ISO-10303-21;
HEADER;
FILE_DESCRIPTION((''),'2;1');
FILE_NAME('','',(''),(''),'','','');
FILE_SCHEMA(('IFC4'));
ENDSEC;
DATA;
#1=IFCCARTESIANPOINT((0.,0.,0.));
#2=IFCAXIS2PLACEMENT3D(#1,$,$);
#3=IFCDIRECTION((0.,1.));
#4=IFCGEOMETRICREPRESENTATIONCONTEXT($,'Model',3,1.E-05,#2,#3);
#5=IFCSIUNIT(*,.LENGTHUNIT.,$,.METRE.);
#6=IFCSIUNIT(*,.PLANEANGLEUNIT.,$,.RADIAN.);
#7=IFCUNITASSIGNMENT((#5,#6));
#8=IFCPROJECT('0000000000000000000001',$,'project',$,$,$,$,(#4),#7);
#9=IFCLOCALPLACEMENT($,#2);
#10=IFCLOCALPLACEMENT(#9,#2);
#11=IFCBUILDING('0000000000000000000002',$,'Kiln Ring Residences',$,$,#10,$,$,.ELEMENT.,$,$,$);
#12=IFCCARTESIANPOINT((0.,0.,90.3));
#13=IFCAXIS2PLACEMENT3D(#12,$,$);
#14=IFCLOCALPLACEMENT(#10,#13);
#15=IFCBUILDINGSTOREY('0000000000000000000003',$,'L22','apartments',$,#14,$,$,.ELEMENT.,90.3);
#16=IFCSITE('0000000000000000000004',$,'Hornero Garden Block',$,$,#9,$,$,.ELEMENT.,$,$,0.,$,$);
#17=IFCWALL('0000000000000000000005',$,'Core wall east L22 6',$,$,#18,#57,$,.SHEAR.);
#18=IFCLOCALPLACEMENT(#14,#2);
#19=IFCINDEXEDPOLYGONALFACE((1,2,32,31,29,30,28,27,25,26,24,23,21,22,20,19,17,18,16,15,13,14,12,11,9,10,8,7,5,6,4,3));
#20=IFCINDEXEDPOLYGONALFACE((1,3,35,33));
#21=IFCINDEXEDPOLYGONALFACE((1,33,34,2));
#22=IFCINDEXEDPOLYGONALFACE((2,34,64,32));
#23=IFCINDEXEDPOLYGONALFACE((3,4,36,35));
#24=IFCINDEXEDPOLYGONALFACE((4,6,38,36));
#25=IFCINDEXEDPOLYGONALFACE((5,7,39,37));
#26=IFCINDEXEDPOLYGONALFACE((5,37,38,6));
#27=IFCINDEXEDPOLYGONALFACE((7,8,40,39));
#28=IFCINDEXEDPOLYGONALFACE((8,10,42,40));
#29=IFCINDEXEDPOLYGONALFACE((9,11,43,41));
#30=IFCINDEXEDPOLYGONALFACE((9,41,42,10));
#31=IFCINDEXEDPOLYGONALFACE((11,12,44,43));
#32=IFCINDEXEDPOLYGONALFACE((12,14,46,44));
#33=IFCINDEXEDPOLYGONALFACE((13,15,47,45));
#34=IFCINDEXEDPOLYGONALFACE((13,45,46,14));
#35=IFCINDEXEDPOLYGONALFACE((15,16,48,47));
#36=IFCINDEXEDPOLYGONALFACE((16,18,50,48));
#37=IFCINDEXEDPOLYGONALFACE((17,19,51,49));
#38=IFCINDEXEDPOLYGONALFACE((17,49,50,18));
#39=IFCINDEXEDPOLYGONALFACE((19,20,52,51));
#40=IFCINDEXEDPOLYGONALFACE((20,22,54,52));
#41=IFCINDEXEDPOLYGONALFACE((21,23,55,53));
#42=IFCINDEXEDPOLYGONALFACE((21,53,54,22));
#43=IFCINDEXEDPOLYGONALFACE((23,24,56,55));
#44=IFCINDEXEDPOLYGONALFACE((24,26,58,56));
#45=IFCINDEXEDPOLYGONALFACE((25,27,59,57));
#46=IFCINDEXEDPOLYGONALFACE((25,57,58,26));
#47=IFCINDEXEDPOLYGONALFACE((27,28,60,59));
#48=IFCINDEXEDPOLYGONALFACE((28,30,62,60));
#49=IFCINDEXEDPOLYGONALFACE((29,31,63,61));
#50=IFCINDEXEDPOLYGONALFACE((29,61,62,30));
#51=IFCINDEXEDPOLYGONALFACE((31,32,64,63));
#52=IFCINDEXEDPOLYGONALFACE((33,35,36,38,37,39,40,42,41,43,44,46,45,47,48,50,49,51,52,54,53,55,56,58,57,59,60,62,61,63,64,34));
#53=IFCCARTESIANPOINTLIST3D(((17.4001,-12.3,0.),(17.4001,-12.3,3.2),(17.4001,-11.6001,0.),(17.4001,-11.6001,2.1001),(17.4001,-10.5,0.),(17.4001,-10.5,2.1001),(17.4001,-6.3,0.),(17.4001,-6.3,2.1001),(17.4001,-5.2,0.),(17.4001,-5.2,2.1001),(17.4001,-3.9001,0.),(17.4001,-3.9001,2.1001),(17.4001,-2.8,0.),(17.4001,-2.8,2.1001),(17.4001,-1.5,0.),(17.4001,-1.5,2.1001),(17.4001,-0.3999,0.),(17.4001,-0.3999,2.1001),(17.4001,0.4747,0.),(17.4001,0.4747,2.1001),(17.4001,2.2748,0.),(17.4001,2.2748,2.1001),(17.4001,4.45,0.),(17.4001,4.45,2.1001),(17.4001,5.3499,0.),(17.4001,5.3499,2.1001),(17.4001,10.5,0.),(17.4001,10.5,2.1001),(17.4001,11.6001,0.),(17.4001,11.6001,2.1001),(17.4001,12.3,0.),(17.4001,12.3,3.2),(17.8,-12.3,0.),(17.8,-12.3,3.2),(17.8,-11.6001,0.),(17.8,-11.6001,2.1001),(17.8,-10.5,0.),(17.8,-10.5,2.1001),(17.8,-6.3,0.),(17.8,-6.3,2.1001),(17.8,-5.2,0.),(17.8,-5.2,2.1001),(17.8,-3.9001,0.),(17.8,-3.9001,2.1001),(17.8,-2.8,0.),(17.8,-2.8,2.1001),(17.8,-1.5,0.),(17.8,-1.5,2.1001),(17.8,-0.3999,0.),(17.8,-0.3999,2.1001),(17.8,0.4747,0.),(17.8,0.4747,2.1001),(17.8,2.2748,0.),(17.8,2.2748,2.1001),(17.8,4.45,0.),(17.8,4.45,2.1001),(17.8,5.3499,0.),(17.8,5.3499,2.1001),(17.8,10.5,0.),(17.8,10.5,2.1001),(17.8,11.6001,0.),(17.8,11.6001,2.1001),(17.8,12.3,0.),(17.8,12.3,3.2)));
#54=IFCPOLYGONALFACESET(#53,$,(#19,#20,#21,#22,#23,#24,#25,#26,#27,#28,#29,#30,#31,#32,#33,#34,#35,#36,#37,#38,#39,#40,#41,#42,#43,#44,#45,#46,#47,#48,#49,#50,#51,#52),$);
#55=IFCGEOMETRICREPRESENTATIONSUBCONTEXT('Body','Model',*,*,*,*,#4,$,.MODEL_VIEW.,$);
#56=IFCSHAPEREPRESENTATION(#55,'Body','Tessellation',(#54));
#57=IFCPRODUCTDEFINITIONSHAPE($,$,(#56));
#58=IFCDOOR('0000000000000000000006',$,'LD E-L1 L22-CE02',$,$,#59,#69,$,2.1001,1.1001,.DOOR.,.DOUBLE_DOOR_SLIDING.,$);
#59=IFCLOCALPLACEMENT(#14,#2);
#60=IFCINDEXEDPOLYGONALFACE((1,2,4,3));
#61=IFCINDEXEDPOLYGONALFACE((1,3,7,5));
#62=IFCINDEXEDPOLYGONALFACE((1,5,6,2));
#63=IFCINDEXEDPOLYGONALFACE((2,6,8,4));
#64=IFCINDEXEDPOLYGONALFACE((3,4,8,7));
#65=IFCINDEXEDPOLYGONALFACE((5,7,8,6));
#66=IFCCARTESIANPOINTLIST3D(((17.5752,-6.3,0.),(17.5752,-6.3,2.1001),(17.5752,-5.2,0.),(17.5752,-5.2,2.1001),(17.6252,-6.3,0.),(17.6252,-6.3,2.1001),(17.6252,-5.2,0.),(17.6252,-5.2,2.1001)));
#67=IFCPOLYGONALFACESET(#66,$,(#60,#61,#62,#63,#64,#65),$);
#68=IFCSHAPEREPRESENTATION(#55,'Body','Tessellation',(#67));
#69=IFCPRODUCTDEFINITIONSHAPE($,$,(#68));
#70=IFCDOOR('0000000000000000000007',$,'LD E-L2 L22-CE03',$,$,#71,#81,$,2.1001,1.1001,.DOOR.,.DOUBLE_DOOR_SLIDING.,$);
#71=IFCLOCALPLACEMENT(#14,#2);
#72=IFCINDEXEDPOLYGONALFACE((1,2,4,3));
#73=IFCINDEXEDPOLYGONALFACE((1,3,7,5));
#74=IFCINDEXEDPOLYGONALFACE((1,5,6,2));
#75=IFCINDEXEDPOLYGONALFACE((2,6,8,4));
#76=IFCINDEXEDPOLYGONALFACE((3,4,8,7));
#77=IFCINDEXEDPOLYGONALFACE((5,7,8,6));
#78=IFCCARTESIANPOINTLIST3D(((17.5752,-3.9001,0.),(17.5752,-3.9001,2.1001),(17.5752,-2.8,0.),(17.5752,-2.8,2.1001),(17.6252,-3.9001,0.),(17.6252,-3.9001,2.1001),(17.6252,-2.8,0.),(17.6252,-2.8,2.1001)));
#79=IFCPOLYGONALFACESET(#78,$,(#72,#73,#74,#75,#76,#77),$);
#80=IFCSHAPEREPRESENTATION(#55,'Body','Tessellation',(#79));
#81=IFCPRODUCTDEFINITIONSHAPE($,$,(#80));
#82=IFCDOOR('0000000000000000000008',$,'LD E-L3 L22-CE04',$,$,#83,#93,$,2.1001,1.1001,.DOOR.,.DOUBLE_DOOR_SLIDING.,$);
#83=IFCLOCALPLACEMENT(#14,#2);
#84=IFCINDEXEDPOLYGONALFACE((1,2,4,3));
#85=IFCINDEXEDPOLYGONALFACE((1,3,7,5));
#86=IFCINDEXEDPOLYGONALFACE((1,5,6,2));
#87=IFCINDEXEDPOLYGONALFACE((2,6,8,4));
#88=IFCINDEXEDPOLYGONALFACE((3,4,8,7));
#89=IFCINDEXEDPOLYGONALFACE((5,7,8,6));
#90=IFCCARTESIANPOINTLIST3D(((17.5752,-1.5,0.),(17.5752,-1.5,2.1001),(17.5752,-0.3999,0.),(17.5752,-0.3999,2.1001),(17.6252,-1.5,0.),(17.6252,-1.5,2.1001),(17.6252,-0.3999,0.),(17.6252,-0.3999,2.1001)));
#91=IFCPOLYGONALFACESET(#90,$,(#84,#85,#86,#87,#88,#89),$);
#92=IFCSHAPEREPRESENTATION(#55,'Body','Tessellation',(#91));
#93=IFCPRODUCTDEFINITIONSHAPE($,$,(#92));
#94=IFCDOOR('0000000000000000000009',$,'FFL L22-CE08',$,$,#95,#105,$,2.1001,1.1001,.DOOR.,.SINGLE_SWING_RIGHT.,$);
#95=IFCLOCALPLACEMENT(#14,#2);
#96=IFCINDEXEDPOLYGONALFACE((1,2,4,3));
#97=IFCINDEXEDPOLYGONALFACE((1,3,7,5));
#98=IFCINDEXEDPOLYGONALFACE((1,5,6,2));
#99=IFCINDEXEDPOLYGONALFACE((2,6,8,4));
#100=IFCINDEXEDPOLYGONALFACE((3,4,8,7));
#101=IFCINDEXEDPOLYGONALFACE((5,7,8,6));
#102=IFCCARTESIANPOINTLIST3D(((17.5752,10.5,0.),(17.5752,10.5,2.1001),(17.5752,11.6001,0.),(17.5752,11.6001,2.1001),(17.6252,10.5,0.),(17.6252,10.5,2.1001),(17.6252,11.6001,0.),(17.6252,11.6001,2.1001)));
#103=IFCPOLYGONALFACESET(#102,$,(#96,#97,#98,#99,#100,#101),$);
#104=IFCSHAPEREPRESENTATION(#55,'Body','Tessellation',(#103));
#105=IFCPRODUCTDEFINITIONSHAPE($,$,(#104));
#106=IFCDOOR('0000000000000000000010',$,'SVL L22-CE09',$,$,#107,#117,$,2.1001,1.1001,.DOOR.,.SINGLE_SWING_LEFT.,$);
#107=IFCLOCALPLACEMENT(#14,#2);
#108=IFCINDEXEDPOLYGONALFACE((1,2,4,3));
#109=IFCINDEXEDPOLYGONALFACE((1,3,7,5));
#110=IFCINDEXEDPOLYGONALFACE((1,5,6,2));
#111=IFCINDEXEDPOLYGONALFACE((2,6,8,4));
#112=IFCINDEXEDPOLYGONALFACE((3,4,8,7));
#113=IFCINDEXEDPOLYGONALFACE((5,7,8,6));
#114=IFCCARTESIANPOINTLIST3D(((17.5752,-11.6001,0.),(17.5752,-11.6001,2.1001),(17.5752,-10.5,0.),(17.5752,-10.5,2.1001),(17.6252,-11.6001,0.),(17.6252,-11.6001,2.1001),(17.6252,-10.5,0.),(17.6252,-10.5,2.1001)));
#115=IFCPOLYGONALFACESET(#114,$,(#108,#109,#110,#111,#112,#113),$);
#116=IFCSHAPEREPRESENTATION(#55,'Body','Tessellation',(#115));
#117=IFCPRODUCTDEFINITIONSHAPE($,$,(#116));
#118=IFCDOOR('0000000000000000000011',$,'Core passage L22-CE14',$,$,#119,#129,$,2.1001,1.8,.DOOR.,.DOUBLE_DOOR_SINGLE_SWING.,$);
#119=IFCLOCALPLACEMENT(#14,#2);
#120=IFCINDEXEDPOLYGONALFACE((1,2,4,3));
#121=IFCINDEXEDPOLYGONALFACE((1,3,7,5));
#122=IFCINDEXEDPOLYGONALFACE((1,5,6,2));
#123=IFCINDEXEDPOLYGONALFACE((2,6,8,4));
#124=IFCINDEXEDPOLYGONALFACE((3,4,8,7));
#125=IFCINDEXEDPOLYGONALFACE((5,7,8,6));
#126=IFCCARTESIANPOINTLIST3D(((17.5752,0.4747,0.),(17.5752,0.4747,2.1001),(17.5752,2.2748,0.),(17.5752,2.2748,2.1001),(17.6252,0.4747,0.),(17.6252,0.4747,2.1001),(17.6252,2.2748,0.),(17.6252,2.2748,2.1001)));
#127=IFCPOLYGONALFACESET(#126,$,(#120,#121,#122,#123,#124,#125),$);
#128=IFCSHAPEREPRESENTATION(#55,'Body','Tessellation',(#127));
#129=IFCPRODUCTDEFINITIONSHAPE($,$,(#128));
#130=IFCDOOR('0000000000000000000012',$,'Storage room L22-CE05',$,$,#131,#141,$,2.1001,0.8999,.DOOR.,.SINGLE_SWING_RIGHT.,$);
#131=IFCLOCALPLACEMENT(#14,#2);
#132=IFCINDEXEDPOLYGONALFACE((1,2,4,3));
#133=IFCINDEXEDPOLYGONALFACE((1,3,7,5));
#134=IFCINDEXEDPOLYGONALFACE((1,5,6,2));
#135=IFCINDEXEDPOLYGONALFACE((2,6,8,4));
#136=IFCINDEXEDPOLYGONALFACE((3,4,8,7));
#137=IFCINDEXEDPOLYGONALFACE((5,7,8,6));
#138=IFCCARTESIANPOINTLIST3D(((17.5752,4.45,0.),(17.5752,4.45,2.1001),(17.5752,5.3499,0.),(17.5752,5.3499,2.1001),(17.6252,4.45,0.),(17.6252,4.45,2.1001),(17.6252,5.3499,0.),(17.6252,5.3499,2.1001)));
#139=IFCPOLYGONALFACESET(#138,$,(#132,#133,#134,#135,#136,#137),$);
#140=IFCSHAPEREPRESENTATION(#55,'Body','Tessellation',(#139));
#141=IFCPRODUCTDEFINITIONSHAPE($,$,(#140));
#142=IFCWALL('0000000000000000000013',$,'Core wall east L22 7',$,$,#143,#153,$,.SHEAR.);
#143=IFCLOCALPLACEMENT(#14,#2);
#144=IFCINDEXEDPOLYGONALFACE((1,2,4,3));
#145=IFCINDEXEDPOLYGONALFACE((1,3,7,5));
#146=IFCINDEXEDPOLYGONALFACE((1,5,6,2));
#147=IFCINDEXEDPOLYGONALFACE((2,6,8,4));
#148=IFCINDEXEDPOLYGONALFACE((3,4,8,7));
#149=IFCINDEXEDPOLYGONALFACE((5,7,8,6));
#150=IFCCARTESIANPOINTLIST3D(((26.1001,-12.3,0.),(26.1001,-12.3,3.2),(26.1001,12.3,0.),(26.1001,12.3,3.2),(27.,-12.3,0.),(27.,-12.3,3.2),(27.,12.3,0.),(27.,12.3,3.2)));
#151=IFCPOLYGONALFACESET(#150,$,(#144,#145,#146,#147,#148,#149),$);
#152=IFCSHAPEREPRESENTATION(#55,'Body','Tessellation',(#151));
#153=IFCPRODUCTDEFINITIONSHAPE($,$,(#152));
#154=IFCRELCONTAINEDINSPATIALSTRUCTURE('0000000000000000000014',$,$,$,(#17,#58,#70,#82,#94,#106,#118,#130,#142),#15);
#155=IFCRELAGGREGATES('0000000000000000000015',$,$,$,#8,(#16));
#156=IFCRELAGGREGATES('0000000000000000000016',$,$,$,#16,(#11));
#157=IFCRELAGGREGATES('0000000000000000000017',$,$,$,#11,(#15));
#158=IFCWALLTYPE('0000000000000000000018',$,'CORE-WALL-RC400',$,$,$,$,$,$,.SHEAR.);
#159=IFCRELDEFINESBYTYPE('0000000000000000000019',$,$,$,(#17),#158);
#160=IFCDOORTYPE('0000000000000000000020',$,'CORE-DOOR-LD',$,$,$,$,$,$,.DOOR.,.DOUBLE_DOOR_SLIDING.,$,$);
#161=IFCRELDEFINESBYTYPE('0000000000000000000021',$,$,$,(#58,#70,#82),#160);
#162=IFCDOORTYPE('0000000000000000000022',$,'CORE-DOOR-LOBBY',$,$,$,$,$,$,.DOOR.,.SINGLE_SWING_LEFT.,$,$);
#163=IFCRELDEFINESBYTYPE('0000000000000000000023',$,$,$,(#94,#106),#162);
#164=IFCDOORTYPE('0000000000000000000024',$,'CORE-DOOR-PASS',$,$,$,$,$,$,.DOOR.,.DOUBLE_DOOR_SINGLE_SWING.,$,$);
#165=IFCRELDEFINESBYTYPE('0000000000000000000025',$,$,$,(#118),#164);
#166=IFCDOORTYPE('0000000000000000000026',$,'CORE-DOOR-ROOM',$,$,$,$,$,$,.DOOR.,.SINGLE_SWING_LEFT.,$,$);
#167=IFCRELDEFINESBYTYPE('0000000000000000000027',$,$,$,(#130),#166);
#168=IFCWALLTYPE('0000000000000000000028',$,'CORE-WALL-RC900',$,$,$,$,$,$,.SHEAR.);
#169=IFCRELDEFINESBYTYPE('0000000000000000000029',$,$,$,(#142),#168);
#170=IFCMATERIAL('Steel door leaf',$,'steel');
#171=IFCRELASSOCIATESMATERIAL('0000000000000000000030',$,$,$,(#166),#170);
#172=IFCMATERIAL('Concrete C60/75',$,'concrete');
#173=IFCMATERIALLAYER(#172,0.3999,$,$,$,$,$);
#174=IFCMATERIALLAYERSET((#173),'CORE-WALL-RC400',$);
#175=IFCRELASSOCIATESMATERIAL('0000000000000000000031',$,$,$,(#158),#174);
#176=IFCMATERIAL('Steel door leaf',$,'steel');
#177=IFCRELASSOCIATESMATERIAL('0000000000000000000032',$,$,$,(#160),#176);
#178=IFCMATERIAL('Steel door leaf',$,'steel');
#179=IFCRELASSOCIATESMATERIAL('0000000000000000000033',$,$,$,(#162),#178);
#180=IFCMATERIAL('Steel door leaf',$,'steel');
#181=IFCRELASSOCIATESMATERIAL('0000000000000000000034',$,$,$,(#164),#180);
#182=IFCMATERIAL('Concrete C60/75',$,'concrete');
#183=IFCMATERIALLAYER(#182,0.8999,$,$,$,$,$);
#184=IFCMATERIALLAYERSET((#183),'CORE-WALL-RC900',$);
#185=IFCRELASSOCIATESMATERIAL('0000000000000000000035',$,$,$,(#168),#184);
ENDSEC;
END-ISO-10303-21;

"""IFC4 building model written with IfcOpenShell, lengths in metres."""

from ifc_helpers import new_model, si_unit, direction, frame, frame_2d, origin, place, context, subcontext, project, spatial, rectangle, extrude, material, layer, layer_set, type_object, element, fill, save


model = new_model("IFC4")

# Units and contexts
model_context = context("Model", 3, precision=1e-05, world=origin(), true_north=direction((0.0, 1.0)))
body_context = subcontext(model_context, "Body", "Model", "MODEL_VIEW")
ifc_project = project(units=[si_unit("LENGTHUNIT", "METRE"), si_unit("PLANEANGLEUNIT", "RADIAN")], contexts=[model_context])

# Site, building, storey
site_placement = place(None, origin())
site = spatial("IfcSite", under=ifc_project, at=site_placement, Name="Hornero Garden Block", CompositionType="ELEMENT", RefElevation=0.0)
building_placement = place(site_placement, origin())
building = spatial("IfcBuilding", under=site, at=building_placement, Name="Kiln Ring Residences", CompositionType="ELEMENT")
storey_placement = place(building_placement, frame((0.0, 0.0, 90.3)))
storey = spatial("IfcBuildingStorey", under=building, at=storey_placement, Name="L22", Description="apartments", CompositionType="ELEMENT", Elevation=90.3)

# Shared definitions
ifc_material_1 = material(Name="Steel door leaf", Category="steel")
door_type_1 = type_object("IfcDoorType", Name="CORE-DOOR-ROOM", OperationType="SINGLE_SWING_LEFT", PredefinedType="DOOR", material=ifc_material_1)

# Wall, openings, doors
ifc_material_2 = material(Name="Concrete C60/75", Category="concrete")
ifc_layer_1 = layer(ifc_material_2, 0.3999)
ifc_layer_set_1 = layer_set([ifc_layer_1], Name="CORE-WALL-RC400")
wall_type_1 = type_object("IfcWallType", Name="CORE-WALL-RC400", PredefinedType="SHEAR", material=ifc_layer_set_1)
wall_1_placement = place(storey_placement, frame((17.6001, -12.3, 0.0), z_axis=(0.0, 0.0, 1.0), x_axis=(0.0, 1.0, 0.0)))
wall_1 = element("IfcWall", 1, at=wall_1_placement, inside=storey, type_object=wall_type_1, Name="Core wall east L22 6", PredefinedType="SHEAR", context=body_context, shape_type="SweptSolid", body=[
    extrude(rectangle(XDim=24.6001, YDim=0.3999, at=frame_2d((12.3, 0.0))), origin(), (0.0, 0.0, 1.0), 3.2),
])
opening_1_placement = place(wall_1_placement, frame((6.0, 0.0, 0.0)))
opening_1 = element("IfcOpeningElement", 2, at=opening_1_placement, cuts=wall_1, PredefinedType="OPENING", context=body_context, shape_type="SweptSolid", body=[
    extrude(rectangle(XDim=1.1001, YDim=2.1001, at=frame_2d((0.55, 1.05))), frame((0.0, 0.21, 0.0), z_axis=(0.0, -1.0, 0.0), x_axis=(1.0, 0.0, 0.0)), (0.0, 0.0, 1.0), 0.4199),
])
opening_2_placement = place(wall_1_placement, frame((8.3999, 0.0, 0.0)))
opening_2 = element("IfcOpeningElement", 3, at=opening_2_placement, cuts=wall_1, PredefinedType="OPENING", context=body_context, shape_type="SweptSolid", body=[
    extrude(rectangle(XDim=1.1001, YDim=2.1001, at=frame_2d((0.55, 1.05))), frame((0.0, 0.21, 0.0), z_axis=(0.0, -1.0, 0.0), x_axis=(1.0, 0.0, 0.0)), (0.0, 0.0, 1.0), 0.4199),
])
opening_3_placement = place(wall_1_placement, frame((10.8, 0.0, 0.0)))
opening_3 = element("IfcOpeningElement", 4, at=opening_3_placement, cuts=wall_1, PredefinedType="OPENING", context=body_context, shape_type="SweptSolid", body=[
    extrude(rectangle(XDim=1.1001, YDim=2.1001, at=frame_2d((0.55, 1.05))), frame((0.0, 0.21, 0.0), z_axis=(0.0, -1.0, 0.0), x_axis=(1.0, 0.0, 0.0)), (0.0, 0.0, 1.0), 0.4199),
])
opening_4_placement = place(wall_1_placement, frame((16.75, 0.0, 0.0)))
opening_4 = element("IfcOpeningElement", 5, at=opening_4_placement, cuts=wall_1, PredefinedType="OPENING", context=body_context, shape_type="SweptSolid", body=[
    extrude(rectangle(XDim=0.8999, YDim=2.1001, at=frame_2d((0.45, 1.05))), frame((0.0, 0.21, 0.0), z_axis=(0.0, -1.0, 0.0), x_axis=(1.0, 0.0, 0.0)), (0.0, 0.0, 1.0), 0.4199),
])
opening_5_placement = place(wall_1_placement, frame((22.8, 0.0, 0.0)))
opening_5 = element("IfcOpeningElement", 6, at=opening_5_placement, cuts=wall_1, PredefinedType="OPENING", context=body_context, shape_type="SweptSolid", body=[
    extrude(rectangle(XDim=1.1001, YDim=2.1001, at=frame_2d((0.55, 1.05))), frame((0.0, 0.21, 0.0), z_axis=(0.0, -1.0, 0.0), x_axis=(1.0, 0.0, 0.0)), (0.0, 0.0, 1.0), 0.4199),
])
opening_6_placement = place(wall_1_placement, frame((0.7, 0.0, 0.0)))
opening_6 = element("IfcOpeningElement", 7, at=opening_6_placement, cuts=wall_1, PredefinedType="OPENING", context=body_context, shape_type="SweptSolid", body=[
    extrude(rectangle(XDim=1.1001, YDim=2.1001, at=frame_2d((0.55, 1.05))), frame((0.0, 0.21, 0.0), z_axis=(0.0, -1.0, 0.0), x_axis=(1.0, 0.0, 0.0)), (0.0, 0.0, 1.0), 0.4199),
])
opening_7_placement = place(wall_1_placement, frame((12.7749, 0.0, 0.0)))
opening_7 = element("IfcOpeningElement", 8, at=opening_7_placement, cuts=wall_1, PredefinedType="OPENING", context=body_context, shape_type="SweptSolid", body=[
    extrude(rectangle(XDim=1.8, YDim=2.1001, at=frame_2d((0.8999, 1.05))), frame((0.0, 0.21, 0.0), z_axis=(0.0, -1.0, 0.0), x_axis=(1.0, 0.0, 0.0)), (0.0, 0.0, 1.0), 0.4199),
])
ifc_material_3 = material(Name="Steel door leaf", Category="steel")
door_type_2 = type_object("IfcDoorType", Name="CORE-DOOR-LD", OperationType="DOUBLE_DOOR_SLIDING", PredefinedType="DOOR", material=ifc_material_3)
door_1_placement = place(opening_1_placement, origin())
door_1 = element("IfcDoor", 9, at=door_1_placement, inside=storey, type_object=door_type_2, Name="LD E-L1 L22-CE02", OperationType="DOUBLE_DOOR_SLIDING", OverallHeight=2.1001, OverallWidth=1.1001, PredefinedType="DOOR", context=body_context, shape_type="SweptSolid", body=[
    extrude(rectangle(XDim=1.1001, YDim=2.1001, at=frame_2d((0.55, 1.05))), frame((0.0, 0.0249, 0.0), z_axis=(0.0, -1.0, 0.0), x_axis=(1.0, 0.0, 0.0)), (0.0, 0.0, 1.0), 0.05),
])
fill(opening_1, door_1)
door_2_placement = place(opening_2_placement, origin())
door_2 = element("IfcDoor", 10, at=door_2_placement, inside=storey, type_object=door_type_2, Name="LD E-L2 L22-CE03", OperationType="DOUBLE_DOOR_SLIDING", OverallHeight=2.1001, OverallWidth=1.1001, PredefinedType="DOOR", context=body_context, shape_type="SweptSolid", body=[
    extrude(rectangle(XDim=1.1001, YDim=2.1001, at=frame_2d((0.55, 1.05))), frame((0.0, 0.0249, 0.0), z_axis=(0.0, -1.0, 0.0), x_axis=(1.0, 0.0, 0.0)), (0.0, 0.0, 1.0), 0.05),
])
fill(opening_2, door_2)
door_3_placement = place(opening_3_placement, origin())
door_3 = element("IfcDoor", 11, at=door_3_placement, inside=storey, type_object=door_type_2, Name="LD E-L3 L22-CE04", OperationType="DOUBLE_DOOR_SLIDING", OverallHeight=2.1001, OverallWidth=1.1001, PredefinedType="DOOR", context=body_context, shape_type="SweptSolid", body=[
    extrude(rectangle(XDim=1.1001, YDim=2.1001, at=frame_2d((0.55, 1.05))), frame((0.0, 0.0249, 0.0), z_axis=(0.0, -1.0, 0.0), x_axis=(1.0, 0.0, 0.0)), (0.0, 0.0, 1.0), 0.05),
])
fill(opening_3, door_3)
ifc_material_4 = material(Name="Steel door leaf", Category="steel")
door_type_3 = type_object("IfcDoorType", Name="CORE-DOOR-LOBBY", OperationType="SINGLE_SWING_LEFT", PredefinedType="DOOR", material=ifc_material_4)
door_4_placement = place(opening_5_placement, origin())
door_4 = element("IfcDoor", 12, at=door_4_placement, inside=storey, type_object=door_type_3, Name="FFL L22-CE08", OperationType="SINGLE_SWING_RIGHT", OverallHeight=2.1001, OverallWidth=1.1001, PredefinedType="DOOR", context=body_context, shape_type="SweptSolid", body=[
    extrude(rectangle(XDim=1.1001, YDim=2.1001, at=frame_2d((0.55, 1.05))), frame((0.0, 0.0249, 0.0), z_axis=(0.0, -1.0, 0.0), x_axis=(1.0, 0.0, 0.0)), (0.0, 0.0, 1.0), 0.05),
])
fill(opening_5, door_4)
door_5_placement = place(opening_6_placement, origin())
door_5 = element("IfcDoor", 13, at=door_5_placement, inside=storey, type_object=door_type_3, Name="SVL L22-CE09", OperationType="SINGLE_SWING_LEFT", OverallHeight=2.1001, OverallWidth=1.1001, PredefinedType="DOOR", context=body_context, shape_type="SweptSolid", body=[
    extrude(rectangle(XDim=1.1001, YDim=2.1001, at=frame_2d((0.55, 1.05))), frame((0.0, 0.0249, 0.0), z_axis=(0.0, -1.0, 0.0), x_axis=(1.0, 0.0, 0.0)), (0.0, 0.0, 1.0), 0.05),
])
fill(opening_6, door_5)
ifc_material_5 = material(Name="Steel door leaf", Category="steel")
door_type_4 = type_object("IfcDoorType", Name="CORE-DOOR-PASS", OperationType="DOUBLE_DOOR_SINGLE_SWING", PredefinedType="DOOR", material=ifc_material_5)
door_6_placement = place(opening_7_placement, origin())
door_6 = element("IfcDoor", 14, at=door_6_placement, inside=storey, type_object=door_type_4, Name="Core passage L22-CE14", OperationType="DOUBLE_DOOR_SINGLE_SWING", OverallHeight=2.1001, OverallWidth=1.8, PredefinedType="DOOR", context=body_context, shape_type="SweptSolid", body=[
    extrude(rectangle(XDim=1.8, YDim=2.1001, at=frame_2d((0.8999, 1.05))), frame((0.0, 0.0249, 0.0), z_axis=(0.0, -1.0, 0.0), x_axis=(1.0, 0.0, 0.0)), (0.0, 0.0, 1.0), 0.05),
])
fill(opening_7, door_6)
door_7_placement = place(opening_4_placement, origin())
door_7 = element("IfcDoor", 15, at=door_7_placement, inside=storey, type_object=door_type_1, Name="Storage room L22-CE05", OperationType="SINGLE_SWING_RIGHT", OverallHeight=2.1001, OverallWidth=0.8999, PredefinedType="DOOR", context=body_context, shape_type="SweptSolid", body=[
    extrude(rectangle(XDim=0.8999, YDim=2.1001, at=frame_2d((0.45, 1.05))), frame((0.0, 0.0249, 0.0), z_axis=(0.0, -1.0, 0.0), x_axis=(1.0, 0.0, 0.0)), (0.0, 0.0, 1.0), 0.05),
])
fill(opening_4, door_7)

# Wall
ifc_material_6 = material(Name="Concrete C60/75", Category="concrete")
ifc_layer_2 = layer(ifc_material_6, 0.8999)
ifc_layer_set_2 = layer_set([ifc_layer_2], Name="CORE-WALL-RC900")
wall_type_2 = type_object("IfcWallType", Name="CORE-WALL-RC900", PredefinedType="SHEAR", material=ifc_layer_set_2)
wall_2_placement = place(storey_placement, frame((26.55, -12.3, 0.0), z_axis=(0.0, 0.0, 1.0), x_axis=(0.0, 1.0, 0.0)))
element("IfcWall", 16, at=wall_2_placement, inside=storey, type_object=wall_type_2, Name="Core wall east L22 7", PredefinedType="SHEAR", context=body_context, shape_type="SweptSolid", body=[
    extrude(rectangle(XDim=24.6001, YDim=0.8999, at=frame_2d((12.3, 0.0))), origin(), (0.0, 0.0, 1.0), 3.2),
])

save(model, "model.ifc")
